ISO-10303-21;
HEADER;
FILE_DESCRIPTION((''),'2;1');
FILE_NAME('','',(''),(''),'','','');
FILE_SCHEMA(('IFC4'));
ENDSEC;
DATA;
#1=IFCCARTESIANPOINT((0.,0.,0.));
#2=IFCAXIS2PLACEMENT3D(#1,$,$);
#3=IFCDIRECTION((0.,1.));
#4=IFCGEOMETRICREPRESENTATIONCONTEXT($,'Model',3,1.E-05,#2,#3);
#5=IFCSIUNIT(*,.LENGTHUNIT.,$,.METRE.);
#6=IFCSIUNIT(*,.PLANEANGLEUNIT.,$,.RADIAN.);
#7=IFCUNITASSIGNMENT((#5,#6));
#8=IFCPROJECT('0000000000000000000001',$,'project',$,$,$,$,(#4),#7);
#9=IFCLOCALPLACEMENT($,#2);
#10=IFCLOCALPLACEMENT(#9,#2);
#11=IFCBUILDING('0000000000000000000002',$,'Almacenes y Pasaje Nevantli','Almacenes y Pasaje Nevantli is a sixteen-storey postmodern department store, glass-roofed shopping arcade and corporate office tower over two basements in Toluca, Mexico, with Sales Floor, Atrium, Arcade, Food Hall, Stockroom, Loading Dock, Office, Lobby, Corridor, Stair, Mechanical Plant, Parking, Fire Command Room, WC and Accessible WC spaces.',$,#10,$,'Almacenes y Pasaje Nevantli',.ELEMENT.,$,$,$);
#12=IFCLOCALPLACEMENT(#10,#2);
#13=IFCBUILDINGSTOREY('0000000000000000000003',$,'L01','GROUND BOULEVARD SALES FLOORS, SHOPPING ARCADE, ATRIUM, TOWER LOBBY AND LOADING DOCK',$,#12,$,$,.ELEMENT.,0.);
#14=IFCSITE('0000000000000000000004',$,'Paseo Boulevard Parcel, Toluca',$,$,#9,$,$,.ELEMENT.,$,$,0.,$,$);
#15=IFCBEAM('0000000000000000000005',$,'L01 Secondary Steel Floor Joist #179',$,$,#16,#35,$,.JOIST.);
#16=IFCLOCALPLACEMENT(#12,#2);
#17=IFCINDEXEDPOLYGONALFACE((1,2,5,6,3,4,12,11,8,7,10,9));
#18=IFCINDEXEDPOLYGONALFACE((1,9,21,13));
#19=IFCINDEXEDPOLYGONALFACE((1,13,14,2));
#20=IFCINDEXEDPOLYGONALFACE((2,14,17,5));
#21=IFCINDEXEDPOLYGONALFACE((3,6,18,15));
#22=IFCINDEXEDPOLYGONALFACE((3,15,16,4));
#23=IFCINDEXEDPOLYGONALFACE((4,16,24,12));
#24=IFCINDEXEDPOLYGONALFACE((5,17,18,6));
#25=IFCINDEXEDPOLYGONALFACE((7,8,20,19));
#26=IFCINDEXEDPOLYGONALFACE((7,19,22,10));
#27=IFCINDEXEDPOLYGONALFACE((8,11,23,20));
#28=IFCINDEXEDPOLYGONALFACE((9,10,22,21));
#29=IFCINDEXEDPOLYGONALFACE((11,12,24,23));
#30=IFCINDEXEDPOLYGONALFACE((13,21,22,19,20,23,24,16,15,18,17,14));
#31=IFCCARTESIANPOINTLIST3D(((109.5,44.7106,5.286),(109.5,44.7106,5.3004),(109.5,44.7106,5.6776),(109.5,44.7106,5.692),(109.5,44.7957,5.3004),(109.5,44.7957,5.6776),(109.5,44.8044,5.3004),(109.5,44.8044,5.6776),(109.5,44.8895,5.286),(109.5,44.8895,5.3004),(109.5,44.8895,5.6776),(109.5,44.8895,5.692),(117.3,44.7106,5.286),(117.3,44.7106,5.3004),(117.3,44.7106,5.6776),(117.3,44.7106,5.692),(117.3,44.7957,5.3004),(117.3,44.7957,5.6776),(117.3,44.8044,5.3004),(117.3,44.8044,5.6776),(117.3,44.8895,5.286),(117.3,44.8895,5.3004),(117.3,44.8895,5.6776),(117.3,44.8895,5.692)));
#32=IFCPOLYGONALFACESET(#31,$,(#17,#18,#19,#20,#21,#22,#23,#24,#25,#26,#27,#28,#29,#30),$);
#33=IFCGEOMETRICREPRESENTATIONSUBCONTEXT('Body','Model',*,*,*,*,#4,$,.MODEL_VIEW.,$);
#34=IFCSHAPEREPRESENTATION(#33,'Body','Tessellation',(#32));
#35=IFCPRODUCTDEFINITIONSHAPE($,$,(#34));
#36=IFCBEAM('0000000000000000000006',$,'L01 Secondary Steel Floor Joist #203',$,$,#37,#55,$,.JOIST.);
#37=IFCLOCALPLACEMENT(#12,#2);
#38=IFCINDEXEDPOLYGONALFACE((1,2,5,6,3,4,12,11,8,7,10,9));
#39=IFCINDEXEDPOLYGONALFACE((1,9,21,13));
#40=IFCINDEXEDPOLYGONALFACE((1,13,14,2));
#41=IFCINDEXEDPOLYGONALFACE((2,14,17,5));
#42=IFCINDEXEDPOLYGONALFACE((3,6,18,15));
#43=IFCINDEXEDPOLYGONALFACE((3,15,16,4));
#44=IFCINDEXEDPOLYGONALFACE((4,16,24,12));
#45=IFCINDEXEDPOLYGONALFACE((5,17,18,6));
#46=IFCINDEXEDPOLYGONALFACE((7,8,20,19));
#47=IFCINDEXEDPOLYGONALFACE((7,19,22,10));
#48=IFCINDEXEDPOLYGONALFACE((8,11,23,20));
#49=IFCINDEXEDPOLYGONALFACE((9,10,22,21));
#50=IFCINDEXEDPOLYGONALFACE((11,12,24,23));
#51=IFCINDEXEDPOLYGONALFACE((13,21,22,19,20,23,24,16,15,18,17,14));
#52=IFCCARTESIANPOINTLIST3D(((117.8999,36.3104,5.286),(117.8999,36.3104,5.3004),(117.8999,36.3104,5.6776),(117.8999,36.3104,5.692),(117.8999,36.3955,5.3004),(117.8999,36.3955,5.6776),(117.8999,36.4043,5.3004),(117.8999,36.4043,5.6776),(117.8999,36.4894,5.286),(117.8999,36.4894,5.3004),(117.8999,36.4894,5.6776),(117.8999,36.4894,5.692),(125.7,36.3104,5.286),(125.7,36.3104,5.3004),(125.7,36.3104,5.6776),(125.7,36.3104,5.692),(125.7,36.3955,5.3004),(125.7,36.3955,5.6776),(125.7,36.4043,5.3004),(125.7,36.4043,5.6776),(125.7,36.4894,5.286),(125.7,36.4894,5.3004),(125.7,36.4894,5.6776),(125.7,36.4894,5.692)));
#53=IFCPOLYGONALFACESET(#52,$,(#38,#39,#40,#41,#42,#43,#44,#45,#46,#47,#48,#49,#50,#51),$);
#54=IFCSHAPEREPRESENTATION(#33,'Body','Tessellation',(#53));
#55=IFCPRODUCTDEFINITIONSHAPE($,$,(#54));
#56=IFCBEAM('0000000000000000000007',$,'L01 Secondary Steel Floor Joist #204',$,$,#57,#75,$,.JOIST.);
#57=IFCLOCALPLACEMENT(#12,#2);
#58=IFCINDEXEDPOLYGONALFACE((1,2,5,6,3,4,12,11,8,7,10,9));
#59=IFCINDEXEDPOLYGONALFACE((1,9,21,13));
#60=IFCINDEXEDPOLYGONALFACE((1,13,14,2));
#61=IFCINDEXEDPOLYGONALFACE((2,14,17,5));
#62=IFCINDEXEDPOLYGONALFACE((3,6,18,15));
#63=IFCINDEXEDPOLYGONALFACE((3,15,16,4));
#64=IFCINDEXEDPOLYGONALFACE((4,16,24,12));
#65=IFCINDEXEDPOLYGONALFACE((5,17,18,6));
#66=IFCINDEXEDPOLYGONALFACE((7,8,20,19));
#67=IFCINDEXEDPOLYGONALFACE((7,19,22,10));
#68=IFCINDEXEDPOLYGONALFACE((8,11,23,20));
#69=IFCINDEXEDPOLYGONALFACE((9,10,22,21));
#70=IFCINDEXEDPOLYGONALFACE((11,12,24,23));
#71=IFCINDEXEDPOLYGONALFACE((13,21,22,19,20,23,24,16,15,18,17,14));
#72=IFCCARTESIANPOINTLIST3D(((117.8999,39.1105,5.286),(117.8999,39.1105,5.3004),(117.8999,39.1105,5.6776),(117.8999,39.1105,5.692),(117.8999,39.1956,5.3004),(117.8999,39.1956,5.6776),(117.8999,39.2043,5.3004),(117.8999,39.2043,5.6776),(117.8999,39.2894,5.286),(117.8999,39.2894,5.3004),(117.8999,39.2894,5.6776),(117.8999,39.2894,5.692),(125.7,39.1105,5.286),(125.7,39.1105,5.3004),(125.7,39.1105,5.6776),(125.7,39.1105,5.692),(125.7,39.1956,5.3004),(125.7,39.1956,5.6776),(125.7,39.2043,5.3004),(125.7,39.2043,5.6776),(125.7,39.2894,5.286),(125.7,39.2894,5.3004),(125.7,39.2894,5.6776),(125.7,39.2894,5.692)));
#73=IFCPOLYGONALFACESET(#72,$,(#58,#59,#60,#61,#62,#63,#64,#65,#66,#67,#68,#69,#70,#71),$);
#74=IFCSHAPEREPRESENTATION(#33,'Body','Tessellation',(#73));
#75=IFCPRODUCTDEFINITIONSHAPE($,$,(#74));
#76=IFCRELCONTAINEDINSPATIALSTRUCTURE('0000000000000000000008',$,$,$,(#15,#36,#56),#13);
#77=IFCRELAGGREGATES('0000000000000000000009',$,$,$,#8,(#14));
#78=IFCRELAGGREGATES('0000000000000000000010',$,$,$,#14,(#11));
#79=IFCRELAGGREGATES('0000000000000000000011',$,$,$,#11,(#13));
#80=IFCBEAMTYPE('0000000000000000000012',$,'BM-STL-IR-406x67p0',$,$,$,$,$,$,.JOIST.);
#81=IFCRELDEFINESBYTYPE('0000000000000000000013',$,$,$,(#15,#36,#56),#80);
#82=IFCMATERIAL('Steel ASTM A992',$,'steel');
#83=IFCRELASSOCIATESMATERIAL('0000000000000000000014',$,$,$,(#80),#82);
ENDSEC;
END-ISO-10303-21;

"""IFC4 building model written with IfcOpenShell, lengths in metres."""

from ifc_helpers import new_model, si_unit, direction, frame, origin, origin_2d, place, context, subcontext, project, spatial, i_section, extrude, material, material_profile, profile_set, type_object, element, save


model = new_model("IFC4")

# Units and contexts
model_context = context("Model", 3, precision=1e-05, world=origin(), true_north=direction((0.0, 1.0)))
body_context = subcontext(model_context, "Body", "Model", "MODEL_VIEW")
ifc_project = project(units=[si_unit("LENGTHUNIT", "METRE"), si_unit("PLANEANGLEUNIT", "RADIAN")], contexts=[model_context])

# Site, building, storey
site_placement = place(None, origin())
site = spatial("IfcSite", under=ifc_project, at=site_placement, Name="Paseo Boulevard Parcel, Toluca", CompositionType="ELEMENT", RefElevation=0.0)
building_placement = place(site_placement, origin())
building = spatial("IfcBuilding", under=site, at=building_placement, Name="Almacenes y Pasaje Nevantli", Description="Almacenes y Pasaje Nevantli is a sixteen-storey postmodern department store, glass-roofed shopping arcade and corporate office tower over two basements in Toluca, Mexico, with Sales Floor, Atrium, Arcade, Food Hall, Stockroom, Loading Dock, Office, Lobby, Corridor, Stair, Mechanical Plant, Parking, Fire Command Room, WC and Accessible WC spaces.", LongName="Almacenes y Pasaje Nevantli", CompositionType="ELEMENT")
storey_placement = place(building_placement, origin())
storey = spatial("IfcBuildingStorey", under=building, at=storey_placement, Name="L01", Description="GROUND BOULEVARD SALES FLOORS, SHOPPING ARCADE, ATRIUM, TOWER LOBBY AND LOADING DOCK", CompositionType="ELEMENT", Elevation=0.0)

# Beams
ifc_material_1 = material(Name="Steel ASTM A992", Category="steel")
ifc_material_profile_1 = material_profile(ifc_material_1, i_section(OverallWidth=0.179, OverallDepth=0.406, WebThickness=0.0088, FlangeThickness=0.0144, at=origin_2d()), Name="IR 406x67.0")
ifc_profile_set_1 = profile_set([ifc_material_profile_1], Name="Steel ASTM A992")
beam_type_1 = type_object("IfcBeamType", Name="BM-STL-IR-406x67p0", PredefinedType="JOIST", material=ifc_profile_set_1)
for number, where, z_axis, x_axis, name in (
    (1, (109.5, 44.8, 5.489), (1.0, 0.0, 0.0), (0.0, 1.0, 0.0), "L01 Secondary Steel Floor Joist #179"),
    (2, (117.8999, 36.3999, 5.489), (1.0, 0.0, 0.0), (0.0, 1.0, 0.0), "L01 Secondary Steel Floor Joist #203"),
    (3, (117.8999, 39.2, 5.489), (1.0, 0.0, 0.0), (0.0, 1.0, 0.0), "L01 Secondary Steel Floor Joist #204"),
):
    element("IfcBeam", number, at=place(storey_placement, frame(where, z_axis=z_axis, x_axis=x_axis)), inside=storey, type_object=beam_type_1, Name=name, PredefinedType="JOIST", context=body_context, shape_type="SweptSolid", body=[
        extrude(i_section(OverallWidth=0.179, OverallDepth=0.406, WebThickness=0.0088, FlangeThickness=0.0144, at=origin_2d()), origin(), (0.0, 0.0, 1.0), 7.8),
    ])

save(model, "model.ifc")
